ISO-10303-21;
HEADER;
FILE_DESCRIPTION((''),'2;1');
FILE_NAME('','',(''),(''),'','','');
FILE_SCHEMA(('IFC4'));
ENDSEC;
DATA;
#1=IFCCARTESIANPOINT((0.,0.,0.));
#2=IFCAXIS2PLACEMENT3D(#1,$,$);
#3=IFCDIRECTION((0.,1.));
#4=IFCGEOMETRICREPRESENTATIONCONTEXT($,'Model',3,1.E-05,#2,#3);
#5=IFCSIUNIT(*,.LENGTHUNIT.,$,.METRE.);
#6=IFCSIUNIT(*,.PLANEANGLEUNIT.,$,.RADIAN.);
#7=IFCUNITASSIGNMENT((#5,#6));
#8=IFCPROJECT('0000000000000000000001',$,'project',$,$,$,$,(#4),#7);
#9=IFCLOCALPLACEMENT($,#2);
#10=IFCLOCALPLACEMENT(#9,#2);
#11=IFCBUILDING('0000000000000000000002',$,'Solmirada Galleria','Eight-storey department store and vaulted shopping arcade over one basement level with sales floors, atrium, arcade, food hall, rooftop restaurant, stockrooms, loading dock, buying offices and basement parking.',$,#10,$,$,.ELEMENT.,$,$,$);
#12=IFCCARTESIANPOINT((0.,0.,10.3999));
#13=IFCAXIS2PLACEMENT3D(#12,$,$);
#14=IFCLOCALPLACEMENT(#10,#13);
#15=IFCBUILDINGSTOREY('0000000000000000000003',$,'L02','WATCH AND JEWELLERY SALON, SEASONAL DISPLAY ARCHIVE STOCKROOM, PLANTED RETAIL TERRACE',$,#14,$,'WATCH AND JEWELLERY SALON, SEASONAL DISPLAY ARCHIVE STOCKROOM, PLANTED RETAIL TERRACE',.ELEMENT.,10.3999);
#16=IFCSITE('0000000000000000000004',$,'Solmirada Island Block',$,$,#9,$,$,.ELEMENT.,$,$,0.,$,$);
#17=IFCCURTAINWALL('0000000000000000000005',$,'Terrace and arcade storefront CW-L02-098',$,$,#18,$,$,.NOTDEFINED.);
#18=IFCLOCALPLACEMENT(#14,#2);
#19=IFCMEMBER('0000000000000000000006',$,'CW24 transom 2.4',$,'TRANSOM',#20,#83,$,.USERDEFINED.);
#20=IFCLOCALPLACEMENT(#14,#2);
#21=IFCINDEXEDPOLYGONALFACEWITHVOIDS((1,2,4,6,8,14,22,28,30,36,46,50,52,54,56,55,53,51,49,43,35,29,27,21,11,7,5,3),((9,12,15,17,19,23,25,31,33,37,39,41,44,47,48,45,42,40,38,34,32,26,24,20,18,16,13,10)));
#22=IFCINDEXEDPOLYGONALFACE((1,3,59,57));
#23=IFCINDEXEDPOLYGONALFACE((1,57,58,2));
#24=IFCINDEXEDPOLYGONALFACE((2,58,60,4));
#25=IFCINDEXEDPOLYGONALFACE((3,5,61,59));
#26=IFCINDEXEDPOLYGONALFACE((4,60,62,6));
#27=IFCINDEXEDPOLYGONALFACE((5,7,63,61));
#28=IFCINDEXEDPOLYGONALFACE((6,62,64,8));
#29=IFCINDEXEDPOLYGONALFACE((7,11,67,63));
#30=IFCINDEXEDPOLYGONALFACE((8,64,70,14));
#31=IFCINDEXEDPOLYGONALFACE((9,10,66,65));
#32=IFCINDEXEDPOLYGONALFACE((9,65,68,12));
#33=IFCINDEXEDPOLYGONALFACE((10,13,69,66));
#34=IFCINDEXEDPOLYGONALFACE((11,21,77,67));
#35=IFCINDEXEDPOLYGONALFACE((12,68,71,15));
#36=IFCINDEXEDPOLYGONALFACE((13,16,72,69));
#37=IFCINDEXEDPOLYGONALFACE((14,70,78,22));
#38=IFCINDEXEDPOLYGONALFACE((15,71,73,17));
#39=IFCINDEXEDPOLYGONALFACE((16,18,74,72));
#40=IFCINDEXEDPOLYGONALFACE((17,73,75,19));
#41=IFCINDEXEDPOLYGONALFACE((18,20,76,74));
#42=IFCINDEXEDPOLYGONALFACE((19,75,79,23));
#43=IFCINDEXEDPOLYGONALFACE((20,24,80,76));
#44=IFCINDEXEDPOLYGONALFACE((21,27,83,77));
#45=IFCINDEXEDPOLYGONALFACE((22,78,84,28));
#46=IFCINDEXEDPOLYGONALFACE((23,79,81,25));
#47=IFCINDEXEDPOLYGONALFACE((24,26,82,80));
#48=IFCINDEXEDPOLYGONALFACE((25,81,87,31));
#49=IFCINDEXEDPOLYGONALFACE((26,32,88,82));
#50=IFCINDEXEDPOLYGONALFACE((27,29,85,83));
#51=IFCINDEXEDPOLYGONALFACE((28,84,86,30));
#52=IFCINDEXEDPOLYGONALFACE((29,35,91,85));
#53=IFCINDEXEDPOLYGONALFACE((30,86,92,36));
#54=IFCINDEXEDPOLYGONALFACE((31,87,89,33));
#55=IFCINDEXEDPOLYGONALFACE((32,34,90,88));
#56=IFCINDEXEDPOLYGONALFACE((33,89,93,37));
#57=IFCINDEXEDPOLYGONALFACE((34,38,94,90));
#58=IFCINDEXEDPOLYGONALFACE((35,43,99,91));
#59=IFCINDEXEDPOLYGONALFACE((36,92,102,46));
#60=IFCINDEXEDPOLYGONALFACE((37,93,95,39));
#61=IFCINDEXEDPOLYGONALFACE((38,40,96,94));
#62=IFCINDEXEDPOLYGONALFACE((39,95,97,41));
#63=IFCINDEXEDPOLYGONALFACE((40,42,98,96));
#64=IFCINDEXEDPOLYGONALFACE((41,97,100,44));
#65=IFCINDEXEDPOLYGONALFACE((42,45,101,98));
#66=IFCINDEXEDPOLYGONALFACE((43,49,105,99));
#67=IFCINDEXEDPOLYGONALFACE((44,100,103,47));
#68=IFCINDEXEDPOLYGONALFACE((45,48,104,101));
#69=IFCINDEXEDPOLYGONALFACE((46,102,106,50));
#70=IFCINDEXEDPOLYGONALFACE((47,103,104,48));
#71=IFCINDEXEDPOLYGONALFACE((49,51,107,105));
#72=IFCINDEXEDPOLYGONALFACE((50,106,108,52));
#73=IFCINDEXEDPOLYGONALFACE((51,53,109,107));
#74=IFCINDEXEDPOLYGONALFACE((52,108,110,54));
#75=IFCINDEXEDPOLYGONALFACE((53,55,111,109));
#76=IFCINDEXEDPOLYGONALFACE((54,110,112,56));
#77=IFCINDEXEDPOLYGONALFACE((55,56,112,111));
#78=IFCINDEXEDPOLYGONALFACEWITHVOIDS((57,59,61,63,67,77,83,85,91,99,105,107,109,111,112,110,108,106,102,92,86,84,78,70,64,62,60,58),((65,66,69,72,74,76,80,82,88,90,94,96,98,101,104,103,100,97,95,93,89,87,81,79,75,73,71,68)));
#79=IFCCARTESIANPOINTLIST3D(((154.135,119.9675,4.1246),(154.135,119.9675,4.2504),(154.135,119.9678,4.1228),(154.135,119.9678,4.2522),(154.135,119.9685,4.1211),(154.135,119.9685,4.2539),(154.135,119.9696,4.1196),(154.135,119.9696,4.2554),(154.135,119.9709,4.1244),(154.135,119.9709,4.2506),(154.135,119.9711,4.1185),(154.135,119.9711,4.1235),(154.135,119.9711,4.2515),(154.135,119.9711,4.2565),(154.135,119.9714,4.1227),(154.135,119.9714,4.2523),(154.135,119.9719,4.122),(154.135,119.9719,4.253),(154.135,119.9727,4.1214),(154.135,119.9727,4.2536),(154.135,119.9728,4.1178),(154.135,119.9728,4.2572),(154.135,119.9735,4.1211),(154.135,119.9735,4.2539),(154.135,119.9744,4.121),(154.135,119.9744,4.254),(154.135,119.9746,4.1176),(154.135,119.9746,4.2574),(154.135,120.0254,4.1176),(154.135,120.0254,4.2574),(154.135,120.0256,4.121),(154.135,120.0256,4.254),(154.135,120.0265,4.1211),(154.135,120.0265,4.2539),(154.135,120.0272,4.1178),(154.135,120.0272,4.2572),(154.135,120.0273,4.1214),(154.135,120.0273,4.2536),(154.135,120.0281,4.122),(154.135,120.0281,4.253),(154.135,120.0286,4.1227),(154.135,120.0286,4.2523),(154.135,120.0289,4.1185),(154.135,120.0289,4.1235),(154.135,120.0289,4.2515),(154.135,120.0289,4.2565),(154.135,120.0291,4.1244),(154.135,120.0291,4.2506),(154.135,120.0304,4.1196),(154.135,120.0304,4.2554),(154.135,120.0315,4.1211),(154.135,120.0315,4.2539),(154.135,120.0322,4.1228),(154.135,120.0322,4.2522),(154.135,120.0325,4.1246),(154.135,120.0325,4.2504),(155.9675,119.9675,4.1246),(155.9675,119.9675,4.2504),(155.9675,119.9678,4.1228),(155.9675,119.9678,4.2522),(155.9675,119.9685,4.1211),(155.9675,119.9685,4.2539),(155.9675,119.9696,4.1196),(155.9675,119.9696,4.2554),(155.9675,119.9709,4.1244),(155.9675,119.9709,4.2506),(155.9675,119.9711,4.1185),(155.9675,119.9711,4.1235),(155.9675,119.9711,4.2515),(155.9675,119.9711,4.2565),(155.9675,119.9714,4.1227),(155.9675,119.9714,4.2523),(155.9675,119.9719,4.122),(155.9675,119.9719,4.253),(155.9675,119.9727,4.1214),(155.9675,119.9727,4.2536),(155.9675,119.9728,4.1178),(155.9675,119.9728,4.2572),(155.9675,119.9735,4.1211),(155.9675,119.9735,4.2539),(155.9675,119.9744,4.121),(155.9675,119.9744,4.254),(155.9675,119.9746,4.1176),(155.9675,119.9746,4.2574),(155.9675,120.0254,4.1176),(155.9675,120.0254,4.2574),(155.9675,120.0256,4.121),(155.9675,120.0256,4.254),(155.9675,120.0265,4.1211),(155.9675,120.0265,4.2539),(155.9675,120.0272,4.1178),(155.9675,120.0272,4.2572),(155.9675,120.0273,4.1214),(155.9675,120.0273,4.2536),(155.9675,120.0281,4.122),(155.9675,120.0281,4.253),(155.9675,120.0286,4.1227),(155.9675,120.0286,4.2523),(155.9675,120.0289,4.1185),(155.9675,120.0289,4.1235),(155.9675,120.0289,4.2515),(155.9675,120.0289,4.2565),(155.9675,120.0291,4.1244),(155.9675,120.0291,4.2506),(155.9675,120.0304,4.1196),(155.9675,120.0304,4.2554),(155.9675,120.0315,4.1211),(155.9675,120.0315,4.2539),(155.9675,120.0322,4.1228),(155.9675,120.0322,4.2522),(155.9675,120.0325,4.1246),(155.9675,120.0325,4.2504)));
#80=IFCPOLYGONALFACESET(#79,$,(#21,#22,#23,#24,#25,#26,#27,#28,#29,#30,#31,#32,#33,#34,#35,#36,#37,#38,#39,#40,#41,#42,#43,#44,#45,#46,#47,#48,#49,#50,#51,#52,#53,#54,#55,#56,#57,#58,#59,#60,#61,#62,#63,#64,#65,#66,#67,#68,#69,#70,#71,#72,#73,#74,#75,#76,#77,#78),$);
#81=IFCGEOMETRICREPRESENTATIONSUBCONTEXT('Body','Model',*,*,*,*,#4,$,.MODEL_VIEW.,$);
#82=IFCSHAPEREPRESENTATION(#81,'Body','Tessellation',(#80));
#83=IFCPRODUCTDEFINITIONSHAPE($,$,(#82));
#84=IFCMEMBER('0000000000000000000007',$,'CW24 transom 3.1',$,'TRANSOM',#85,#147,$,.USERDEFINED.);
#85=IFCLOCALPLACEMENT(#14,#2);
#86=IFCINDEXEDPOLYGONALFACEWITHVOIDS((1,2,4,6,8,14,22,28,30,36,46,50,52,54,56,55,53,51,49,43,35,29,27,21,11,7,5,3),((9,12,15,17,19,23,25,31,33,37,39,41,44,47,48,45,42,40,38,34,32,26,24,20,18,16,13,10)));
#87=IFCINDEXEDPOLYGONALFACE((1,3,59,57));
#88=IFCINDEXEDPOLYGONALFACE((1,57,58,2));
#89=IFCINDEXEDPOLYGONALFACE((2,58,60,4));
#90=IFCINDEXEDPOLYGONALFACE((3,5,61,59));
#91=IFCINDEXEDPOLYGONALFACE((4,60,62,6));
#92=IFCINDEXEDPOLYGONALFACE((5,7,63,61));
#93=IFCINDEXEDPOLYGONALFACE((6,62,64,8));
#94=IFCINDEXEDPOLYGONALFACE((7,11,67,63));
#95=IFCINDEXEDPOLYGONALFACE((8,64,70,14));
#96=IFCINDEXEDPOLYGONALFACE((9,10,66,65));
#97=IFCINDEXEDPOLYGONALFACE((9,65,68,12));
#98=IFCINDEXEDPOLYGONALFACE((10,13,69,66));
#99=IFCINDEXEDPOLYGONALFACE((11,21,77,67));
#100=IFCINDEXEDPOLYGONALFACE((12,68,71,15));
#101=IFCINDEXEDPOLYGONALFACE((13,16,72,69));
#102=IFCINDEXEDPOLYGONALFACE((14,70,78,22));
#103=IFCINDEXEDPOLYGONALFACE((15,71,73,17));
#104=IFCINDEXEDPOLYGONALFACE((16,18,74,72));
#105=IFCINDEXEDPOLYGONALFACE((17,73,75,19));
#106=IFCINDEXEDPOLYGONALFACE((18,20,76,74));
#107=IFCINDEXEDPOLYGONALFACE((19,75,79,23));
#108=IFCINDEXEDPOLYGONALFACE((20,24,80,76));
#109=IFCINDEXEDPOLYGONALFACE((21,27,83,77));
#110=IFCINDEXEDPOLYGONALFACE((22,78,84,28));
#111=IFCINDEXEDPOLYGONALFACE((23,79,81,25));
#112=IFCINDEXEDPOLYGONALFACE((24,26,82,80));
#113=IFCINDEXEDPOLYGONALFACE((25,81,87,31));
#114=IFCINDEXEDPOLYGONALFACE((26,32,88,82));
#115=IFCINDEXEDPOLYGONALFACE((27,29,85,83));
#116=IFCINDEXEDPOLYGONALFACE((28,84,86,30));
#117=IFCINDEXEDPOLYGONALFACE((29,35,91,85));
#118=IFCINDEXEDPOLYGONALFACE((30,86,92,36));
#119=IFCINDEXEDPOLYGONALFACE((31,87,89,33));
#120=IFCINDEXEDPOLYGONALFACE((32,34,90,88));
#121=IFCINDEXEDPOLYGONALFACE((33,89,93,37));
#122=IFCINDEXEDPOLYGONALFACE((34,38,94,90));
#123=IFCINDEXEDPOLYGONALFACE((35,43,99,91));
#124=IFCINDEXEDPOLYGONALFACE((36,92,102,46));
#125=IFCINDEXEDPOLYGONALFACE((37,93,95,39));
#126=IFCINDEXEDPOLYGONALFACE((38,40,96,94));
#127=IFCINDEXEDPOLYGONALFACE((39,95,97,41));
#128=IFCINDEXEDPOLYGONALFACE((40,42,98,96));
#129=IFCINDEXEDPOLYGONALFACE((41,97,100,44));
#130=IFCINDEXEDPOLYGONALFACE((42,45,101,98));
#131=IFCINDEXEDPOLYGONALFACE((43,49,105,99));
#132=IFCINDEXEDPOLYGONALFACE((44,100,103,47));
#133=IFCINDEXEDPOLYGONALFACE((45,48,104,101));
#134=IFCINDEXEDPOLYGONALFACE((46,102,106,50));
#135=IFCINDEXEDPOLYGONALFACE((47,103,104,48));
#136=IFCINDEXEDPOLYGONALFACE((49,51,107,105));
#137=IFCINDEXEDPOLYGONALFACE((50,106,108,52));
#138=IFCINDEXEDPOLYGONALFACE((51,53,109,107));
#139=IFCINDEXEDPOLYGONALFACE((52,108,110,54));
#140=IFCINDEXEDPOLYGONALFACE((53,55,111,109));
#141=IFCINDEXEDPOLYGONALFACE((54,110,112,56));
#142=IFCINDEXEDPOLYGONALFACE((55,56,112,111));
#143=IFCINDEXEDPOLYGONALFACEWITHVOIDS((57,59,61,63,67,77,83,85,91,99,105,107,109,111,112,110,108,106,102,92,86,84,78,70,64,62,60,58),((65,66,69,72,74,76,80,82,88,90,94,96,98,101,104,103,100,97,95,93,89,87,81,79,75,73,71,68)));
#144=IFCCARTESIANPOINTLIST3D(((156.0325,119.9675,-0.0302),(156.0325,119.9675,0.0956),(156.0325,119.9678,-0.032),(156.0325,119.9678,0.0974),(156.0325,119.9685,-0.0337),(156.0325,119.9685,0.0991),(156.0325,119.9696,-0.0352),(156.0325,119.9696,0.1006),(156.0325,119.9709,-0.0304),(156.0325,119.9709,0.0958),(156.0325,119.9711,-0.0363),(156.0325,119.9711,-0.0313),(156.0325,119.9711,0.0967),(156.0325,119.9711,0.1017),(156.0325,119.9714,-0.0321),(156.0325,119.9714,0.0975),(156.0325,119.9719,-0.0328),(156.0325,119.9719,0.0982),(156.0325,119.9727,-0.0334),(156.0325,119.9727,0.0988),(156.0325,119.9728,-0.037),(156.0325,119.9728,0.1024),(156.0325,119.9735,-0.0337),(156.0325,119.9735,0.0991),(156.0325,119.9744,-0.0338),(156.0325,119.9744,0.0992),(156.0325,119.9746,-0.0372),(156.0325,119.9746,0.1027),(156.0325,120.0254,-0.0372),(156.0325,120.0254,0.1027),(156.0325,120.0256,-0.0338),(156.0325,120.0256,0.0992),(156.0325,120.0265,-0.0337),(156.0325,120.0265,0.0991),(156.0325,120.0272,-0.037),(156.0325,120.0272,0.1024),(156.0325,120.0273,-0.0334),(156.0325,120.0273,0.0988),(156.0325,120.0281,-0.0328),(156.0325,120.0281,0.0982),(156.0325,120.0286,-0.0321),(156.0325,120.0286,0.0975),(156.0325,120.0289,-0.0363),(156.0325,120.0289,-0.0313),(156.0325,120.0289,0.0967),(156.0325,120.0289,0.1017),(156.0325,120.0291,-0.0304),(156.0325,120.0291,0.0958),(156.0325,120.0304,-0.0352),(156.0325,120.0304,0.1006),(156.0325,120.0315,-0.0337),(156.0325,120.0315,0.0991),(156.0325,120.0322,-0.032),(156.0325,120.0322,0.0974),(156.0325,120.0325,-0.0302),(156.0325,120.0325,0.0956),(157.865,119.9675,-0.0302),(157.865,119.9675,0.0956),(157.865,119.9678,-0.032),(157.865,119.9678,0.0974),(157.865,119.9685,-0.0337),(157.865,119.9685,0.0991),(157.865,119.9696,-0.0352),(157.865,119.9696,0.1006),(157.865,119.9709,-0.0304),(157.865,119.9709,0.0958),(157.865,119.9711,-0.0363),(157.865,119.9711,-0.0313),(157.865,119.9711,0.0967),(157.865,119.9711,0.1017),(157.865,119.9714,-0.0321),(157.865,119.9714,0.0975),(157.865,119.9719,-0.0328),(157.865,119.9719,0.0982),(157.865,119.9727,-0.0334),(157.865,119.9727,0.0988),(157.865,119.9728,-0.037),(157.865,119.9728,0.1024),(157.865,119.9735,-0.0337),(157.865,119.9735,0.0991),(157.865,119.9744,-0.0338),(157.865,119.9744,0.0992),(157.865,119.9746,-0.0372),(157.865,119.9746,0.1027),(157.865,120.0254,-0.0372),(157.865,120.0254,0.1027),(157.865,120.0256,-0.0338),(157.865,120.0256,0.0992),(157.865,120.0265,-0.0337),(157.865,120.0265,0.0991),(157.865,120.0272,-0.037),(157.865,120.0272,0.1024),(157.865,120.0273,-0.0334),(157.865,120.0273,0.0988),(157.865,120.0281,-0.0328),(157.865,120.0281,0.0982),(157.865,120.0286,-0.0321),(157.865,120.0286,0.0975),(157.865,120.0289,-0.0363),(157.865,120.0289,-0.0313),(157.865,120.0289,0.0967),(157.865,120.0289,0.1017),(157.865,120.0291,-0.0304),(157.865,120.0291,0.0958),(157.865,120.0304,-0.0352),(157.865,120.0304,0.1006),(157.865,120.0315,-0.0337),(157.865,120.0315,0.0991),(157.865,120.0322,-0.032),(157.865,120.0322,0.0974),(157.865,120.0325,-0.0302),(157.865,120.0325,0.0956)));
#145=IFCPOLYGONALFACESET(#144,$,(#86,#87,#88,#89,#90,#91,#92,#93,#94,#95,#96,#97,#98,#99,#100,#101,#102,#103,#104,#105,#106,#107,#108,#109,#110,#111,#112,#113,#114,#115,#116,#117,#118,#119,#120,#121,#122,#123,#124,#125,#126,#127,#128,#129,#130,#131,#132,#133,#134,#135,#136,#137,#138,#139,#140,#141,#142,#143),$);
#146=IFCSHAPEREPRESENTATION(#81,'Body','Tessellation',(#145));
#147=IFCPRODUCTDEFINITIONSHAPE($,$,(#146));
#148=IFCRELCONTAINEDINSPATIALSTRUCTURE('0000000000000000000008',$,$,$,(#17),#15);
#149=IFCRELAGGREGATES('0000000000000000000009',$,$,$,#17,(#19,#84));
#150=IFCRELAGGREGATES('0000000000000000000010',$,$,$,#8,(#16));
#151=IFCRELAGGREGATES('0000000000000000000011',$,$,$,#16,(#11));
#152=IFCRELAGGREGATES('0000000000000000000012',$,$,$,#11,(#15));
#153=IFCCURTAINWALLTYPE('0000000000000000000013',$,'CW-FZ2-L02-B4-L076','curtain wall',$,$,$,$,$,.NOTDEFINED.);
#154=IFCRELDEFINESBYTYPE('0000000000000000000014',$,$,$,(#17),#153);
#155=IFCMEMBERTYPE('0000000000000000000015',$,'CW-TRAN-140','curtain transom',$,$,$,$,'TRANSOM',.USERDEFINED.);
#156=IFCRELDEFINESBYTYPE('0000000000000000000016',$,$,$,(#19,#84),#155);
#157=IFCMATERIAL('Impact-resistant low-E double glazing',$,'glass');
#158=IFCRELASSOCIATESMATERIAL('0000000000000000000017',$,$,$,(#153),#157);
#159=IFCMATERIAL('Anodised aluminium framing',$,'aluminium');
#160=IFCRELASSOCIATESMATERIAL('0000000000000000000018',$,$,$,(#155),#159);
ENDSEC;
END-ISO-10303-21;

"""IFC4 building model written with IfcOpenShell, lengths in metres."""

from ifc_helpers import new_model, si_unit, direction, frame, origin, origin_2d, place, context, subcontext, project, spatial, hollow_rectangle, extrude, material, material_profile, profile_set, type_object, element, aggregate, save


model = new_model("IFC4")

# Units and contexts
model_context = context("Model", 3, precision=1e-05, world=origin(), true_north=direction((0.0, 1.0)))
body_context = subcontext(model_context, "Body", "Model", "MODEL_VIEW")
ifc_project = project(units=[si_unit("LENGTHUNIT", "METRE"), si_unit("PLANEANGLEUNIT", "RADIAN")], contexts=[model_context])

# Site, building, storey
site_placement = place(None, origin())
site = spatial("IfcSite", under=ifc_project, at=site_placement, Name="Solmirada Island Block", CompositionType="ELEMENT", RefElevation=0.0)
building_placement = place(site_placement, origin())
building = spatial("IfcBuilding", under=site, at=building_placement, Name="Solmirada Galleria", Description="Eight-storey department store and vaulted shopping arcade over one basement level with sales floors, atrium, arcade, food hall, rooftop restaurant, stockrooms, loading dock, buying offices and basement parking.", CompositionType="ELEMENT")
storey_placement = place(building_placement, frame((0.0, 0.0, 10.3999)))
storey = spatial("IfcBuildingStorey", under=building, at=storey_placement, Name="L02", Description="WATCH AND JEWELLERY SALON, SEASONAL DISPLAY ARCHIVE STOCKROOM, PLANTED RETAIL TERRACE", LongName="WATCH AND JEWELLERY SALON, SEASONAL DISPLAY ARCHIVE STOCKROOM, PLANTED RETAIL TERRACE", CompositionType="ELEMENT", Elevation=10.3999)

# Curtain wall, members
ifc_material_1 = material(Name="Impact-resistant low-E double glazing", Category="glass")
curtain_wall_type = type_object("IfcCurtainWallType", Name="CW-FZ2-L02-B4-L076", Description="curtain wall", PredefinedType="NOTDEFINED", material=ifc_material_1)
curtain_wall_placement = place(storey_placement, origin())
curtain_wall = element("IfcCurtainWall", 1, at=curtain_wall_placement, inside=storey, type_object=curtain_wall_type, Name="Terrace and arcade storefront CW-L02-098", PredefinedType="NOTDEFINED")
ifc_material_2 = material(Name="Anodised aluminium framing", Category="aluminium")
ifc_material_profile_1 = material_profile(ifc_material_2, hollow_rectangle(XDim=0.0649, YDim=0.1399, WallThickness=0.0034, InnerFilletRadius=0.0034, OuterFilletRadius=0.0071, at=origin_2d()), Name="ALU-TRAN-140X65")
ifc_profile_set_1 = profile_set([ifc_material_profile_1], Name="Anodised aluminium framing")
member_type_1 = type_object("IfcMemberType", Name="CW-TRAN-140", Description="curtain transom", ElementType="TRANSOM", PredefinedType="USERDEFINED", material=ifc_profile_set_1)
member_1_placement = place(storey_placement, frame((154.135, 120.0, 4.1875), z_axis=(1.0, 0.0, 0.0), x_axis=(0.0, 1.0, 0.0)))
member_1 = element("IfcMember", 2, at=member_1_placement, type_object=member_type_1, Name="CW24 transom 2.4", ObjectType="TRANSOM", PredefinedType="USERDEFINED", context=body_context, shape_type="SweptSolid", body=[
    extrude(hollow_rectangle(XDim=0.0649, YDim=0.1399, WallThickness=0.0034, InnerFilletRadius=0.0034, OuterFilletRadius=0.0071, at=origin_2d()), origin(), (0.0, 0.0, 1.0), 1.8325),
])
member_2_placement = place(storey_placement, frame((156.0325, 120.0, 0.0327), z_axis=(1.0, 0.0, 0.0), x_axis=(0.0, 1.0, 0.0)))
member_2 = element("IfcMember", 3, at=member_2_placement, type_object=member_type_1, Name="CW24 transom 3.1", ObjectType="TRANSOM", PredefinedType="USERDEFINED", context=body_context, shape_type="SweptSolid", body=[
    extrude(hollow_rectangle(XDim=0.0649, YDim=0.1399, WallThickness=0.0034, InnerFilletRadius=0.0034, OuterFilletRadius=0.0071, at=origin_2d()), origin(), (0.0, 0.0, 1.0), 1.8325),
])
aggregate(curtain_wall, [member_1, member_2])

save(model, "model.ifc")
